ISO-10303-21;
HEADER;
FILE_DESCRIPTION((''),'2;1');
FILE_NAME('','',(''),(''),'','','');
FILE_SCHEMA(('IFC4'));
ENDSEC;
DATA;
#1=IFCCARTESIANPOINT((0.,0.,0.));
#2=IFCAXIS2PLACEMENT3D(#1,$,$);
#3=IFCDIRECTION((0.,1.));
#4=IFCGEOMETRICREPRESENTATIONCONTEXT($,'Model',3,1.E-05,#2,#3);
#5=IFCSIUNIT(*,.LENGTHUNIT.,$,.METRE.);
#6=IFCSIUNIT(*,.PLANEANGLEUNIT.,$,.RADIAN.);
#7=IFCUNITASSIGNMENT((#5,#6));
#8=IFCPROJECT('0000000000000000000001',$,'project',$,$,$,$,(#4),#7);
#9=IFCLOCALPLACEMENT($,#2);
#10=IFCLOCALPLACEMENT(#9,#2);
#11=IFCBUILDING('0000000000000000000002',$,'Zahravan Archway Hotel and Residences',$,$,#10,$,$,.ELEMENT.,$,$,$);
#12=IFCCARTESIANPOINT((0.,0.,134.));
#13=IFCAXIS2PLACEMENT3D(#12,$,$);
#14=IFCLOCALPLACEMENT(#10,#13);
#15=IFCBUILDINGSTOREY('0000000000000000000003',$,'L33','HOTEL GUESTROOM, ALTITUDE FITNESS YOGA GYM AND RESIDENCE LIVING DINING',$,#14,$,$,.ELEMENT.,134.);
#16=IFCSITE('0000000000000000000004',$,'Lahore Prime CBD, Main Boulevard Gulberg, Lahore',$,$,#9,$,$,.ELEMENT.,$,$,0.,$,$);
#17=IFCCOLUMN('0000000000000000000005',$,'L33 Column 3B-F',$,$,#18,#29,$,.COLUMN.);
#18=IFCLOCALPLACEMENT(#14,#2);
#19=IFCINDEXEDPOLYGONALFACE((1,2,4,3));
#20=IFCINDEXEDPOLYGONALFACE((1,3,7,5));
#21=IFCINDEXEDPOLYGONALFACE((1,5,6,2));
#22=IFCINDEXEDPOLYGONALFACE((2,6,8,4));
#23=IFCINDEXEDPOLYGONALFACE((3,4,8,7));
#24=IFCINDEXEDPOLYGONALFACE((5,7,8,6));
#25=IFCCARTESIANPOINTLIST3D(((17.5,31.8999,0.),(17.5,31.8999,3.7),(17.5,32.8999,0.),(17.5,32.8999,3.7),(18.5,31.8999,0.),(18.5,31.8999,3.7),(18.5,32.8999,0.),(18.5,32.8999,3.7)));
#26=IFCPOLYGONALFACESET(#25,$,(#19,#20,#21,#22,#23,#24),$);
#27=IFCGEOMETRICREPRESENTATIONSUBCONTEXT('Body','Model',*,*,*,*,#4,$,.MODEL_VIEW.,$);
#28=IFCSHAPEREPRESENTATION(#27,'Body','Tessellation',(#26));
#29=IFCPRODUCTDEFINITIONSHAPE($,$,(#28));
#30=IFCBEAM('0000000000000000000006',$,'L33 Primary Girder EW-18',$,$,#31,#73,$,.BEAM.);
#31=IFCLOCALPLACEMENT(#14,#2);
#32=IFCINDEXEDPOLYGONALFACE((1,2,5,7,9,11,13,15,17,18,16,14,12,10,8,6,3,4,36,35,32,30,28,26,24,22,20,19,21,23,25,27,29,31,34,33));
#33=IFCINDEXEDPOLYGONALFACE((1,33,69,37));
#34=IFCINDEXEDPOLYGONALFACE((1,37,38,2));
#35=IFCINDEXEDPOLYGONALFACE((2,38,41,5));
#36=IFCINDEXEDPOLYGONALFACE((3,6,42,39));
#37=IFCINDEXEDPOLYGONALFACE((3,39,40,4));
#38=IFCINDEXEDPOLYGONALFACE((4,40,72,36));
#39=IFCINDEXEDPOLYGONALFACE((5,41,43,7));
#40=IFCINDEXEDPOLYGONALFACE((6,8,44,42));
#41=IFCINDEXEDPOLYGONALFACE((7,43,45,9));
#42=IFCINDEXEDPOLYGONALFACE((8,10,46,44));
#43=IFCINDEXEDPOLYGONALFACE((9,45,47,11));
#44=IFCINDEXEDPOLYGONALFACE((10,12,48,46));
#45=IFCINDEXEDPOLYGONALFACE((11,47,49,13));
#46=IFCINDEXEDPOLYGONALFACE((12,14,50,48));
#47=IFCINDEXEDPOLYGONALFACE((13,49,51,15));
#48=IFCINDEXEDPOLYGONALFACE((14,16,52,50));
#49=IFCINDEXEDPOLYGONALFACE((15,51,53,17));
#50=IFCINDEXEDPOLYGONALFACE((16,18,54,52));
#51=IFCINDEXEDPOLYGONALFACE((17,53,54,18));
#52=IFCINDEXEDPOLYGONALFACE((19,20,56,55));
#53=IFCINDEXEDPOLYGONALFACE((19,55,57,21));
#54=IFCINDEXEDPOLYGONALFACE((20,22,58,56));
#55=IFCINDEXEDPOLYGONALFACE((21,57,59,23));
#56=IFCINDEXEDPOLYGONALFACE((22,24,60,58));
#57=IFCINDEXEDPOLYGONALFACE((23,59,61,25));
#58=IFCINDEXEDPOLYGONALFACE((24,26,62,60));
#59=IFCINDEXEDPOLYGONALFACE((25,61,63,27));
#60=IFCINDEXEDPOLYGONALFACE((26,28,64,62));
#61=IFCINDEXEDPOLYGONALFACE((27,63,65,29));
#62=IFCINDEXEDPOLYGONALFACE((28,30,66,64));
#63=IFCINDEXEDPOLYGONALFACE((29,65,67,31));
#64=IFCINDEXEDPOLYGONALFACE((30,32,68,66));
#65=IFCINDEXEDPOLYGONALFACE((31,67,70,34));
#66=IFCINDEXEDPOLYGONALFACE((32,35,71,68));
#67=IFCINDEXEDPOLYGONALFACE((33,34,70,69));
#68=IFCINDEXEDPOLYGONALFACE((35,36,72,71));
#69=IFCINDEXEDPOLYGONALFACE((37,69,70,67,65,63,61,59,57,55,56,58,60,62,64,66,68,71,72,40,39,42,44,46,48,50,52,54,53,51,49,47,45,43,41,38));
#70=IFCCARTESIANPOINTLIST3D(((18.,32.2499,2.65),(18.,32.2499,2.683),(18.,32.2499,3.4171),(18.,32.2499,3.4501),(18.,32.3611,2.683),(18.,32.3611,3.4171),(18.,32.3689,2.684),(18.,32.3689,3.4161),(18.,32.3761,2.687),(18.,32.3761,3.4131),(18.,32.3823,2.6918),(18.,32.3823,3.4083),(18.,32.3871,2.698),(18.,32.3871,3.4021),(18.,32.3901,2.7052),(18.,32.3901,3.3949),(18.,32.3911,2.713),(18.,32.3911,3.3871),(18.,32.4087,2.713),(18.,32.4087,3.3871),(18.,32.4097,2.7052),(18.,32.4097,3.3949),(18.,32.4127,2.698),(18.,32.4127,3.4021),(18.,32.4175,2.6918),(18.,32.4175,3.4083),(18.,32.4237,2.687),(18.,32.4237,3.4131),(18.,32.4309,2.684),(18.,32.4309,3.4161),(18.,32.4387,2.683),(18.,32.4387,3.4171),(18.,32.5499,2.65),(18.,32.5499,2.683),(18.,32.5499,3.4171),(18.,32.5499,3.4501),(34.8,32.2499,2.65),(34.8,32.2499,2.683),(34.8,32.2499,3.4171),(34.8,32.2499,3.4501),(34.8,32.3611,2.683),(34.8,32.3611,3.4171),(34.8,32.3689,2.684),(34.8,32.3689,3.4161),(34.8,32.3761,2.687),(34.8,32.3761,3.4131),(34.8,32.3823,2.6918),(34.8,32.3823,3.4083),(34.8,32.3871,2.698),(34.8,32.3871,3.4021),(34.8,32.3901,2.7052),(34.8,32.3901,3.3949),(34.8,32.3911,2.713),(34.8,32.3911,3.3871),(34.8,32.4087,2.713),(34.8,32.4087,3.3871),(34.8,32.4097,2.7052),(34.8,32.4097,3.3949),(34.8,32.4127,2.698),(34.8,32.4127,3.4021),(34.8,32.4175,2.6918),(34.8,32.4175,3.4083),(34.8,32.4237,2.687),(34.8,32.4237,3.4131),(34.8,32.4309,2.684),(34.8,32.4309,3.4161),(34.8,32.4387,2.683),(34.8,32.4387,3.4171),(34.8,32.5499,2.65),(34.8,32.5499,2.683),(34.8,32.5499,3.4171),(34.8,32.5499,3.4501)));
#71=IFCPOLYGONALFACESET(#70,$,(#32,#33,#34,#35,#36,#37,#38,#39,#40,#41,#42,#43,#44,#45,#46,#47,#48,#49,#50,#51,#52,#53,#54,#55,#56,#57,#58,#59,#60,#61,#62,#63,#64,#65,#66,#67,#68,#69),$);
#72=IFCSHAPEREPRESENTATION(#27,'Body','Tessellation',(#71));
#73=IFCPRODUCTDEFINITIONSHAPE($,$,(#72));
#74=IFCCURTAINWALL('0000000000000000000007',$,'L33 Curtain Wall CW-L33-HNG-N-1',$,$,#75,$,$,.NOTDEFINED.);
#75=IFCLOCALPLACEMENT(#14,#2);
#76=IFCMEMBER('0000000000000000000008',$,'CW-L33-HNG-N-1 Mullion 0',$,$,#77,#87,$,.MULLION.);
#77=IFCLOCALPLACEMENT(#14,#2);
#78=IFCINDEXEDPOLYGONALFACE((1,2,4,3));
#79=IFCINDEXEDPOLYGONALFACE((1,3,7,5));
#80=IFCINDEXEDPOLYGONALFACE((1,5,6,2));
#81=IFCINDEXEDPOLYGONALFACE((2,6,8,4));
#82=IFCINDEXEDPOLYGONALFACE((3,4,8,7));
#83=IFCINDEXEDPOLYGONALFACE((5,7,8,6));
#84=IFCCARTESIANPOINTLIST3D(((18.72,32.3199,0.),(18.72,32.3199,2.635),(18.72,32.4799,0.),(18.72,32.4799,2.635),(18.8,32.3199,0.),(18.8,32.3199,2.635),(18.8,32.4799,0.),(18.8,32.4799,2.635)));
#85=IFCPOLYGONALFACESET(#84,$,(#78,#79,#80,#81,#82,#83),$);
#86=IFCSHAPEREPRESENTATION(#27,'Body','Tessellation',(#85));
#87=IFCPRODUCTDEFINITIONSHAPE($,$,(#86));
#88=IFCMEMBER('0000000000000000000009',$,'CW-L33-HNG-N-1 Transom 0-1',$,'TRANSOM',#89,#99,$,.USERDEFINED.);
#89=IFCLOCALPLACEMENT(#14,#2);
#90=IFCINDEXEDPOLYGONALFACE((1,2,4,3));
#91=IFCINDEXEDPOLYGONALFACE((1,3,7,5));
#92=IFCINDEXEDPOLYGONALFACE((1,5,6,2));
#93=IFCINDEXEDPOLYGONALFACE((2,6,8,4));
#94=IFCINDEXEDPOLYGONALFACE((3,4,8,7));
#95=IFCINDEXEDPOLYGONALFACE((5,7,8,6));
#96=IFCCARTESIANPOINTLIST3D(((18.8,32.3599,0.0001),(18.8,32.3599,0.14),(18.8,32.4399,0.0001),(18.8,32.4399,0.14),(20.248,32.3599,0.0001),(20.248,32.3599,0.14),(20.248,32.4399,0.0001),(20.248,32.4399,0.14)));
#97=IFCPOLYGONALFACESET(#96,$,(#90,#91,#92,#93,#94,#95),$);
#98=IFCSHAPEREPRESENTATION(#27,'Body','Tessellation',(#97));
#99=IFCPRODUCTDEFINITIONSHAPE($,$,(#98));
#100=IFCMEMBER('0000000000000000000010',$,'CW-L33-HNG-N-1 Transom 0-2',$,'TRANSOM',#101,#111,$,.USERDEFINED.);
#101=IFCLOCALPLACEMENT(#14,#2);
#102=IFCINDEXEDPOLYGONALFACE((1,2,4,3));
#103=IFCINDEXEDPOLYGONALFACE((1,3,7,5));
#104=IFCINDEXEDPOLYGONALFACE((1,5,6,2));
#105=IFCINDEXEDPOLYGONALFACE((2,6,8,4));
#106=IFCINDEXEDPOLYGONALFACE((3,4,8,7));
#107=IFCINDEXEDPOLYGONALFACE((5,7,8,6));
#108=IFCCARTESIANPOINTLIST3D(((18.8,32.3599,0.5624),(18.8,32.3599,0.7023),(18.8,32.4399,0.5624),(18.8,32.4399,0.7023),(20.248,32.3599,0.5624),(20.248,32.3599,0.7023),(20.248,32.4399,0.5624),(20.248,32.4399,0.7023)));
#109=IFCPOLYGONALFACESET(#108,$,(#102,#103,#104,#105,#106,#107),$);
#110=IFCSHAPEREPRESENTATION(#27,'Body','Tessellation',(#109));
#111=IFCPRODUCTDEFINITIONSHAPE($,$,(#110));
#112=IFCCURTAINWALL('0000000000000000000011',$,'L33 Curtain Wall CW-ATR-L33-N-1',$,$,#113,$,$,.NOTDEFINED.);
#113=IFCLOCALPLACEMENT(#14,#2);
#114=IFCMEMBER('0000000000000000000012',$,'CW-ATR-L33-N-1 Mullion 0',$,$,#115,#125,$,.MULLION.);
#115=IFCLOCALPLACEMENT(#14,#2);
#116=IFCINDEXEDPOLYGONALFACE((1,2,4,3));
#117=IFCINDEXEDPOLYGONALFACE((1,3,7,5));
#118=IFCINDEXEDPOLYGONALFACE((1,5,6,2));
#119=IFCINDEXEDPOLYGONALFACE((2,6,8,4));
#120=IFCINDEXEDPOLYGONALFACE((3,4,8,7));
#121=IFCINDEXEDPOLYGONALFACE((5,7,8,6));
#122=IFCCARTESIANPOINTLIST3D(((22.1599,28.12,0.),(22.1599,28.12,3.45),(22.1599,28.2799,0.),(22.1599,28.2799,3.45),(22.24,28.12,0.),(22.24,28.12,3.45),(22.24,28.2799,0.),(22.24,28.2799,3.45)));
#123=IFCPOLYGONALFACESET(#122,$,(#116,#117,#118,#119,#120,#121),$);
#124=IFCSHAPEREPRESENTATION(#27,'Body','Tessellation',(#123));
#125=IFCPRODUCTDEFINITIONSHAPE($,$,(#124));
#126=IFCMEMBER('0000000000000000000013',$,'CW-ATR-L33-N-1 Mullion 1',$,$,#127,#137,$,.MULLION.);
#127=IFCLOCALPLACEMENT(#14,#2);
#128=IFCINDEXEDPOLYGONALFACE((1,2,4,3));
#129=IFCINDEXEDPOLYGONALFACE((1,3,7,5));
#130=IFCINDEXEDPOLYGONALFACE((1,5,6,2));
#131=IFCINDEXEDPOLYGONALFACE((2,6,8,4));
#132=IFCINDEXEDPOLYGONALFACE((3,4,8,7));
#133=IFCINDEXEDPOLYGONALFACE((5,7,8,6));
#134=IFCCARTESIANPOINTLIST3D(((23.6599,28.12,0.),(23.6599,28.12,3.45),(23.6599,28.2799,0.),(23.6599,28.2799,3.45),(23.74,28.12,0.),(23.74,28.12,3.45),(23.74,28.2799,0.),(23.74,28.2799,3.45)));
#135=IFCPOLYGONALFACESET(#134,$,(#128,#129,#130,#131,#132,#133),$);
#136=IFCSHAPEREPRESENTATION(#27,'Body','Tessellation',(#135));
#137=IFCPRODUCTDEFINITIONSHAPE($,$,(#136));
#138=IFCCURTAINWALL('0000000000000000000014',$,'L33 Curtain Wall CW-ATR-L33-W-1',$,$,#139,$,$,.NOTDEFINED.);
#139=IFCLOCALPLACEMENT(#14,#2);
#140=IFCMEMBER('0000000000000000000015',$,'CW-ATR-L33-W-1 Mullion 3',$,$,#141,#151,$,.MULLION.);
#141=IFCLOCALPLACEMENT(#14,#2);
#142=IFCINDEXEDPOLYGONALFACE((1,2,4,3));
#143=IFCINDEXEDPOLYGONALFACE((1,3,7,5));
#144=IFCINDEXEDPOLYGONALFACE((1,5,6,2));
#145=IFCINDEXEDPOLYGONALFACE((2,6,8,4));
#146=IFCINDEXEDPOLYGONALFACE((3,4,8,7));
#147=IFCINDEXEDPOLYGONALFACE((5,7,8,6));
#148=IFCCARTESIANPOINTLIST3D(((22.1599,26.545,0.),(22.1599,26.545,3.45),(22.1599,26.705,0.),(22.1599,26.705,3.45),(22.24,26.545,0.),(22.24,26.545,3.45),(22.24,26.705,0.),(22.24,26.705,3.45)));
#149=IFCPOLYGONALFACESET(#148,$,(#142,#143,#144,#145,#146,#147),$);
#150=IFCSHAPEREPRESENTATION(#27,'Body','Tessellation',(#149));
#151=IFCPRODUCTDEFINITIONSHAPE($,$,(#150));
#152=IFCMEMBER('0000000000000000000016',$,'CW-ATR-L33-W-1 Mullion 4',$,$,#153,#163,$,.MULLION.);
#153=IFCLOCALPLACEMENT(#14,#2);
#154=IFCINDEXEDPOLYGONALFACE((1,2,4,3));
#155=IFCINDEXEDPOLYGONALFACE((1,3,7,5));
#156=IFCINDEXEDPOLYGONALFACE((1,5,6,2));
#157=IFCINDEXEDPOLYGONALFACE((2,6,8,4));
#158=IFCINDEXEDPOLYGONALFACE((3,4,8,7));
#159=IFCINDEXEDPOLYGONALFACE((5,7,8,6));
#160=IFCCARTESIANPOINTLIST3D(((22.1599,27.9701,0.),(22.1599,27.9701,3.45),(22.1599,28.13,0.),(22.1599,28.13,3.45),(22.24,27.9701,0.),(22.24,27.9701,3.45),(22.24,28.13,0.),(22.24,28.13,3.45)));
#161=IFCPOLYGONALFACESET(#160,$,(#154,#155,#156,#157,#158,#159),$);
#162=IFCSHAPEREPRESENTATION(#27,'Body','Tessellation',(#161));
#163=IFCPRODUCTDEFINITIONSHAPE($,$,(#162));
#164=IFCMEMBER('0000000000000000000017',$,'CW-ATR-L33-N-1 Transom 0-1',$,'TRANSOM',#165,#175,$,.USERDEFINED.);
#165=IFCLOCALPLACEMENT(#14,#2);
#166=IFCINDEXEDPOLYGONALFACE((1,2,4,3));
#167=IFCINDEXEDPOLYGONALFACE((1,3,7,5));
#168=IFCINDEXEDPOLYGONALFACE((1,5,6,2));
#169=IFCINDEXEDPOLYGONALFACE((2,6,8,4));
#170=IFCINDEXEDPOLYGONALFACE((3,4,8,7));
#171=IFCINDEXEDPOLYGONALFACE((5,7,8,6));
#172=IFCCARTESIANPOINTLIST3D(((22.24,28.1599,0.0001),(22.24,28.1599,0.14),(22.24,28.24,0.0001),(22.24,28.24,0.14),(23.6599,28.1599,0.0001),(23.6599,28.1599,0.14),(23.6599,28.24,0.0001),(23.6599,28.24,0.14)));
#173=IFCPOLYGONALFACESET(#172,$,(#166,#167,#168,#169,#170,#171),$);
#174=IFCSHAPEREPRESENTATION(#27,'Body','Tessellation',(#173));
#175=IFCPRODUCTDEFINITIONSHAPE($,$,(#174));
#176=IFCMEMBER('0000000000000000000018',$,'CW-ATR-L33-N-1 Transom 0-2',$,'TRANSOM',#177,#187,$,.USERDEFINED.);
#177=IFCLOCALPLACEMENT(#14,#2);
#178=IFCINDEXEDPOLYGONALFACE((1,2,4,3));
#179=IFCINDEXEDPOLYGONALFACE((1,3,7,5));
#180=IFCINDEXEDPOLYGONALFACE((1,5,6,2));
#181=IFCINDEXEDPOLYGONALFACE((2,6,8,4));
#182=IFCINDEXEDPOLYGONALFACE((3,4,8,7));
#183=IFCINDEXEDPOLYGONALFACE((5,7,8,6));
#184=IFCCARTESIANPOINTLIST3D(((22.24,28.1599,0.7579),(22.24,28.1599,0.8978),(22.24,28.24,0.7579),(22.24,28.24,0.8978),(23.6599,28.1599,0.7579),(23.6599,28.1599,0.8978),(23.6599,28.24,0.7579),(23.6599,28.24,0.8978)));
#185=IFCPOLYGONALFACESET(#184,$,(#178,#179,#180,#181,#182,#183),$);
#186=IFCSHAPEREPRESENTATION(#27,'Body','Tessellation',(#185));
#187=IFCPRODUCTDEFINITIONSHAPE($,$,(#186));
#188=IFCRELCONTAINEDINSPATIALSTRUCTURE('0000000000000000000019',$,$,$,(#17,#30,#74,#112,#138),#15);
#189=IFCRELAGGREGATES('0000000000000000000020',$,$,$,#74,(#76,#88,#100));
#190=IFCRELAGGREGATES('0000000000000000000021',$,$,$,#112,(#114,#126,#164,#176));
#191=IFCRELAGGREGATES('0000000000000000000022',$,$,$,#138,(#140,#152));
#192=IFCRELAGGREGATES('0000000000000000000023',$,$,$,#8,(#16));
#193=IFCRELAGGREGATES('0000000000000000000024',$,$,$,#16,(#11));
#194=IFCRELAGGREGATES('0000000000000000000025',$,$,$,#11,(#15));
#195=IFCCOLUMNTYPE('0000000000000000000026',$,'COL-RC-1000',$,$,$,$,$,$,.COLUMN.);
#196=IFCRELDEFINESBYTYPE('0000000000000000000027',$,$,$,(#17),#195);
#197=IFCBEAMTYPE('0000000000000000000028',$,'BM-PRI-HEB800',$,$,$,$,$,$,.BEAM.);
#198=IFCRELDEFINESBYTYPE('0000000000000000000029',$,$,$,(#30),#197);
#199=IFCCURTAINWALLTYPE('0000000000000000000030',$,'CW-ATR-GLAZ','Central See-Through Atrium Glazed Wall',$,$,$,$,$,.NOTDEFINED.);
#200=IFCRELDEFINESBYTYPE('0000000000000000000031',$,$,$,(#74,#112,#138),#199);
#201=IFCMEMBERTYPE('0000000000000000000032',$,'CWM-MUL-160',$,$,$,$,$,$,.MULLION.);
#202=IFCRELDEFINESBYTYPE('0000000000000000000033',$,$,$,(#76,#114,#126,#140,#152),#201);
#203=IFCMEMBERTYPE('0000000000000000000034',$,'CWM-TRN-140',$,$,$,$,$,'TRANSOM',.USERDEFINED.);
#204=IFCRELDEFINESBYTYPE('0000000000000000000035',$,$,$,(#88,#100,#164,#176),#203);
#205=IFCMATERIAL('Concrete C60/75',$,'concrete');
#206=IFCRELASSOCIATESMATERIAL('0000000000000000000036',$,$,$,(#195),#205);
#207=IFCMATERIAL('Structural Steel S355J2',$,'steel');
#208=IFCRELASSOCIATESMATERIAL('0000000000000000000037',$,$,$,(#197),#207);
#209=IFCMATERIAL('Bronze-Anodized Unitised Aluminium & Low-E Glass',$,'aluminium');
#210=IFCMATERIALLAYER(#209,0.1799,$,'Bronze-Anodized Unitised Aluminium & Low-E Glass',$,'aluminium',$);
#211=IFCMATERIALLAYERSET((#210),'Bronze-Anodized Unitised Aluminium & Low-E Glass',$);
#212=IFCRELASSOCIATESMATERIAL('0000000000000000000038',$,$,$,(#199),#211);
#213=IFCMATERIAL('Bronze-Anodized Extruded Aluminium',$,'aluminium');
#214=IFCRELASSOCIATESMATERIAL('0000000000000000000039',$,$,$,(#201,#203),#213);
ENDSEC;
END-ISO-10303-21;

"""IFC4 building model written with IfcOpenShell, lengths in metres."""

from ifc_helpers import new_model, si_unit, direction, frame, origin, origin_2d, place, context, subcontext, project, spatial, rectangle, i_section, extrude, source, transform, mapped, material, layer, layer_set, material_profile, profile_set, type_object, type_shapes, element, aggregate, save


model = new_model("IFC4")

# Units and contexts
model_context = context("Model", 3, precision=1e-05, world=origin(), true_north=direction((0.0, 1.0)))
body_context = subcontext(model_context, "Body", "Model", "MODEL_VIEW")
ifc_project = project(units=[si_unit("LENGTHUNIT", "METRE"), si_unit("PLANEANGLEUNIT", "RADIAN")], contexts=[model_context])

# Site, building, storey
site_placement = place(None, origin())
site = spatial("IfcSite", under=ifc_project, at=site_placement, Name="Lahore Prime CBD, Main Boulevard Gulberg, Lahore", CompositionType="ELEMENT", RefElevation=0.0)
building_placement = place(site_placement, origin())
building = spatial("IfcBuilding", under=site, at=building_placement, Name="Zahravan Archway Hotel and Residences", CompositionType="ELEMENT")
storey_placement = place(building_placement, frame((0.0, 0.0, 134.0)))
storey = spatial("IfcBuildingStorey", under=building, at=storey_placement, Name="L33", Description="HOTEL GUESTROOM, ALTITUDE FITNESS YOGA GYM AND RESIDENCE LIVING DINING", CompositionType="ELEMENT", Elevation=134.0)

# Column
ifc_material_1 = material(Name="Concrete C60/75", Category="concrete")
ifc_material_profile_1 = material_profile(ifc_material_1, rectangle(XDim=1.0, YDim=1.0, at=origin_2d()), Name="RC-COL-1000x1000", Category="concrete")
ifc_profile_set_1 = profile_set([ifc_material_profile_1], Name="Concrete C60/75")
column_type = type_object("IfcColumnType", Name="COL-RC-1000", PredefinedType="COLUMN", material=ifc_profile_set_1)
shared_shape_1 = source(origin(), body_context, "Body", "SweptSolid", [
    extrude(rectangle(XDim=1.0, YDim=1.0, at=origin_2d()), origin(), (0.0, 0.0, 1.0), 3.7),
])
type_shapes(column_type, [shared_shape_1])
column_placement = place(storey_placement, frame((18.0, 32.3999, 0.0), z_axis=(0.0, 0.0, 1.0), x_axis=(1.0, 0.0, 0.0)))
element("IfcColumn", 1, at=column_placement, inside=storey, type_object=column_type, Name="L33 Column 3B-F", PredefinedType="COLUMN", context=body_context, shape_type="MappedRepresentation", body=[
    mapped(shared_shape_1, transform((0.0, 0.0, 0.0), scale=1.0)),
])

# Beam
ifc_material_2 = material(Name="Structural Steel S355J2", Category="steel")
ifc_material_profile_2 = material_profile(ifc_material_2, i_section(OverallWidth=0.3, OverallDepth=0.8, WebThickness=0.0176, FlangeThickness=0.033, FilletRadius=0.03, at=origin_2d()), Name="HEB 800", Category="steel")
ifc_profile_set_2 = profile_set([ifc_material_profile_2], Name="Structural Steel S355J2")
beam_type = type_object("IfcBeamType", Name="BM-PRI-HEB800", PredefinedType="BEAM", material=ifc_profile_set_2)
shared_shape_2 = source(origin(), body_context, "Body", "SweptSolid", [
    extrude(i_section(OverallWidth=0.3, OverallDepth=0.8, WebThickness=0.0176, FlangeThickness=0.033, FilletRadius=0.03, at=origin_2d()), origin(), (0.0, 0.0, 1.0), 16.8),
])
type_shapes(beam_type, [shared_shape_2])
beam_placement = place(storey_placement, frame((18.0, 32.3999, 3.05), z_axis=(1.0, 0.0, 0.0), x_axis=(0.0, 1.0, 0.0)))
element("IfcBeam", 2, at=beam_placement, inside=storey, type_object=beam_type, Name="L33 Primary Girder EW-18", PredefinedType="BEAM", context=body_context, shape_type="MappedRepresentation", body=[
    mapped(shared_shape_2, transform((0.0, 0.0, 0.0), scale=1.0)),
])

# Curtain walls, members
ifc_material_3 = material(Name="Bronze-Anodized Unitised Aluminium & Low-E Glass", Category="aluminium")
ifc_layer_1 = layer(ifc_material_3, 0.1799, Name="Bronze-Anodized Unitised Aluminium & Low-E Glass", Category="aluminium")
ifc_layer_set_1 = layer_set([ifc_layer_1], Name="Bronze-Anodized Unitised Aluminium & Low-E Glass")
curtain_wall_type = type_object("IfcCurtainWallType", Name="CW-ATR-GLAZ", Description="Central See-Through Atrium Glazed Wall", PredefinedType="NOTDEFINED", material=ifc_layer_set_1)
curtain_wall_1_placement = place(storey_placement, origin())
curtain_wall_1 = element("IfcCurtainWall", 3, at=curtain_wall_1_placement, inside=storey, type_object=curtain_wall_type, Name="L33 Curtain Wall CW-L33-HNG-N-1", PredefinedType="NOTDEFINED")
ifc_material_4 = material(Name="Bronze-Anodized Extruded Aluminium", Category="aluminium")
ifc_material_profile_3 = material_profile(ifc_material_4, rectangle(XDim=0.0801, YDim=0.1599, at=origin_2d()), Name="MUL 80x160", Category="aluminium")
ifc_profile_set_3 = profile_set([ifc_material_profile_3], Name="Bronze-Anodized Extruded Aluminium")
member_type_1 = type_object("IfcMemberType", Name="CWM-MUL-160", PredefinedType="MULLION", material=ifc_profile_set_3)
shared_shape_3 = source(origin(), body_context, "Body", "SweptSolid", [
    extrude(rectangle(XDim=0.0801, YDim=0.1599, at=origin_2d()), origin(), (0.0, 0.0, 1.0), 2.635),
])
member_1_placement = place(storey_placement, frame((18.76, 32.3999, 0.0), z_axis=(0.0, 0.0, 1.0), x_axis=(1.0, 0.0, 0.0)))
member_1 = element("IfcMember", 4, at=member_1_placement, type_object=member_type_1, Name="CW-L33-HNG-N-1 Mullion 0", PredefinedType="MULLION", context=body_context, shape_type="MappedRepresentation", body=[
    mapped(shared_shape_3, transform((0.0, 0.0, 0.0), scale=1.0)),
])
ifc_material_profile_4 = material_profile(ifc_material_4, rectangle(XDim=0.0801, YDim=0.1399, at=origin_2d()), Name="TRN 80x140", Category="aluminium")
ifc_profile_set_4 = profile_set([ifc_material_profile_4], Name="Bronze-Anodized Extruded Aluminium")
member_type_2 = type_object("IfcMemberType", Name="CWM-TRN-140", ElementType="TRANSOM", PredefinedType="USERDEFINED", material=ifc_profile_set_4)
shared_shape_4 = source(origin(), body_context, "Body", "SweptSolid", [
    extrude(rectangle(XDim=0.0801, YDim=0.1399, at=origin_2d()), origin(), (0.0, 0.0, 1.0), 1.448),
])
member_2_placement = place(storey_placement, frame((18.8, 32.3999, 0.0701), z_axis=(1.0, 0.0, 0.0), x_axis=(0.0, 1.0, 0.0)))
member_2 = element("IfcMember", 5, at=member_2_placement, type_object=member_type_2, Name="CW-L33-HNG-N-1 Transom 0-1", ObjectType="TRANSOM", PredefinedType="USERDEFINED", context=body_context, shape_type="MappedRepresentation", body=[
    mapped(shared_shape_4, transform((0.0, 0.0, 0.0), scale=1.0)),
])
member_3_placement = place(storey_placement, frame((18.8, 32.3999, 0.6323), z_axis=(1.0, 0.0, 0.0), x_axis=(0.0, 1.0, 0.0)))
member_3 = element("IfcMember", 6, at=member_3_placement, type_object=member_type_2, Name="CW-L33-HNG-N-1 Transom 0-2", ObjectType="TRANSOM", PredefinedType="USERDEFINED", context=body_context, shape_type="MappedRepresentation", body=[
    mapped(shared_shape_4, transform((0.0, 0.0, 0.0), scale=1.0)),
])
aggregate(curtain_wall_1, [member_1, member_2, member_3])
curtain_wall_2_placement = place(storey_placement, origin())
curtain_wall_2 = element("IfcCurtainWall", 7, at=curtain_wall_2_placement, inside=storey, type_object=curtain_wall_type, Name="L33 Curtain Wall CW-ATR-L33-N-1", PredefinedType="NOTDEFINED")
shared_shape_5 = source(origin(), body_context, "Body", "SweptSolid", [
    extrude(rectangle(XDim=0.0801, YDim=0.1599, at=origin_2d()), origin(), (0.0, 0.0, 1.0), 3.45),
])
member_4_placement = place(storey_placement, frame((22.2, 28.2, 0.0), z_axis=(0.0, 0.0, 1.0), x_axis=(1.0, 0.0, 0.0)))
member_4 = element("IfcMember", 8, at=member_4_placement, type_object=member_type_1, Name="CW-ATR-L33-N-1 Mullion 0", PredefinedType="MULLION", context=body_context, shape_type="MappedRepresentation", body=[
    mapped(shared_shape_5, transform((0.0, 0.0, 0.0), scale=1.0)),
])
member_5_placement = place(storey_placement, frame((23.7, 28.2, 0.0), z_axis=(0.0, 0.0, 1.0), x_axis=(1.0, 0.0, 0.0)))
member_5 = element("IfcMember", 9, at=member_5_placement, type_object=member_type_1, Name="CW-ATR-L33-N-1 Mullion 1", PredefinedType="MULLION", context=body_context, shape_type="MappedRepresentation", body=[
    mapped(shared_shape_5, transform((0.0, 0.0, 0.0), scale=1.0)),
])
curtain_wall_3_placement = place(storey_placement, origin())
curtain_wall_3 = element("IfcCurtainWall", 10, at=curtain_wall_3_placement, inside=storey, type_object=curtain_wall_type, Name="L33 Curtain Wall CW-ATR-L33-W-1", PredefinedType="NOTDEFINED")
member_6_placement = place(storey_placement, frame((22.2, 26.625, 0.0), z_axis=(0.0, 0.0, 1.0), x_axis=(1.0, 0.0, 0.0)))
member_6 = element("IfcMember", 11, at=member_6_placement, type_object=member_type_1, Name="CW-ATR-L33-W-1 Mullion 3", PredefinedType="MULLION", context=body_context, shape_type="MappedRepresentation", body=[
    mapped(shared_shape_5, transform((0.0, 0.0, 0.0), scale=1.0)),
])
member_7_placement = place(storey_placement, frame((22.2, 28.05, 0.0), z_axis=(0.0, 0.0, 1.0), x_axis=(1.0, 0.0, 0.0)))
member_7 = element("IfcMember", 12, at=member_7_placement, type_object=member_type_1, Name="CW-ATR-L33-W-1 Mullion 4", PredefinedType="MULLION", context=body_context, shape_type="MappedRepresentation", body=[
    mapped(shared_shape_5, transform((0.0, 0.0, 0.0), scale=1.0)),
])

# Members
shared_shape_6 = source(origin(), body_context, "Body", "SweptSolid", [
    extrude(rectangle(XDim=0.0801, YDim=0.1399, at=origin_2d()), origin(), (0.0, 0.0, 1.0), 1.4199),
])
member_8_placement = place(storey_placement, frame((22.24, 28.2, 0.0701), z_axis=(1.0, 0.0, 0.0), x_axis=(0.0, 1.0, 0.0)))
member_8 = element("IfcMember", 13, at=member_8_placement, type_object=member_type_2, Name="CW-ATR-L33-N-1 Transom 0-1", ObjectType="TRANSOM", PredefinedType="USERDEFINED", context=body_context, shape_type="MappedRepresentation", body=[
    mapped(shared_shape_6, transform((0.0, 0.0, 0.0), scale=1.0)),
])
member_9_placement = place(storey_placement, frame((22.24, 28.2, 0.8279), z_axis=(1.0, 0.0, 0.0), x_axis=(0.0, 1.0, 0.0)))
member_9 = element("IfcMember", 14, at=member_9_placement, type_object=member_type_2, Name="CW-ATR-L33-N-1 Transom 0-2", ObjectType="TRANSOM", PredefinedType="USERDEFINED", context=body_context, shape_type="MappedRepresentation", body=[
    mapped(shared_shape_6, transform((0.0, 0.0, 0.0), scale=1.0)),
])

aggregate(curtain_wall_2, [member_4, member_5, member_8, member_9])
aggregate(curtain_wall_3, [member_6, member_7])

save(model, "model.ifc")
